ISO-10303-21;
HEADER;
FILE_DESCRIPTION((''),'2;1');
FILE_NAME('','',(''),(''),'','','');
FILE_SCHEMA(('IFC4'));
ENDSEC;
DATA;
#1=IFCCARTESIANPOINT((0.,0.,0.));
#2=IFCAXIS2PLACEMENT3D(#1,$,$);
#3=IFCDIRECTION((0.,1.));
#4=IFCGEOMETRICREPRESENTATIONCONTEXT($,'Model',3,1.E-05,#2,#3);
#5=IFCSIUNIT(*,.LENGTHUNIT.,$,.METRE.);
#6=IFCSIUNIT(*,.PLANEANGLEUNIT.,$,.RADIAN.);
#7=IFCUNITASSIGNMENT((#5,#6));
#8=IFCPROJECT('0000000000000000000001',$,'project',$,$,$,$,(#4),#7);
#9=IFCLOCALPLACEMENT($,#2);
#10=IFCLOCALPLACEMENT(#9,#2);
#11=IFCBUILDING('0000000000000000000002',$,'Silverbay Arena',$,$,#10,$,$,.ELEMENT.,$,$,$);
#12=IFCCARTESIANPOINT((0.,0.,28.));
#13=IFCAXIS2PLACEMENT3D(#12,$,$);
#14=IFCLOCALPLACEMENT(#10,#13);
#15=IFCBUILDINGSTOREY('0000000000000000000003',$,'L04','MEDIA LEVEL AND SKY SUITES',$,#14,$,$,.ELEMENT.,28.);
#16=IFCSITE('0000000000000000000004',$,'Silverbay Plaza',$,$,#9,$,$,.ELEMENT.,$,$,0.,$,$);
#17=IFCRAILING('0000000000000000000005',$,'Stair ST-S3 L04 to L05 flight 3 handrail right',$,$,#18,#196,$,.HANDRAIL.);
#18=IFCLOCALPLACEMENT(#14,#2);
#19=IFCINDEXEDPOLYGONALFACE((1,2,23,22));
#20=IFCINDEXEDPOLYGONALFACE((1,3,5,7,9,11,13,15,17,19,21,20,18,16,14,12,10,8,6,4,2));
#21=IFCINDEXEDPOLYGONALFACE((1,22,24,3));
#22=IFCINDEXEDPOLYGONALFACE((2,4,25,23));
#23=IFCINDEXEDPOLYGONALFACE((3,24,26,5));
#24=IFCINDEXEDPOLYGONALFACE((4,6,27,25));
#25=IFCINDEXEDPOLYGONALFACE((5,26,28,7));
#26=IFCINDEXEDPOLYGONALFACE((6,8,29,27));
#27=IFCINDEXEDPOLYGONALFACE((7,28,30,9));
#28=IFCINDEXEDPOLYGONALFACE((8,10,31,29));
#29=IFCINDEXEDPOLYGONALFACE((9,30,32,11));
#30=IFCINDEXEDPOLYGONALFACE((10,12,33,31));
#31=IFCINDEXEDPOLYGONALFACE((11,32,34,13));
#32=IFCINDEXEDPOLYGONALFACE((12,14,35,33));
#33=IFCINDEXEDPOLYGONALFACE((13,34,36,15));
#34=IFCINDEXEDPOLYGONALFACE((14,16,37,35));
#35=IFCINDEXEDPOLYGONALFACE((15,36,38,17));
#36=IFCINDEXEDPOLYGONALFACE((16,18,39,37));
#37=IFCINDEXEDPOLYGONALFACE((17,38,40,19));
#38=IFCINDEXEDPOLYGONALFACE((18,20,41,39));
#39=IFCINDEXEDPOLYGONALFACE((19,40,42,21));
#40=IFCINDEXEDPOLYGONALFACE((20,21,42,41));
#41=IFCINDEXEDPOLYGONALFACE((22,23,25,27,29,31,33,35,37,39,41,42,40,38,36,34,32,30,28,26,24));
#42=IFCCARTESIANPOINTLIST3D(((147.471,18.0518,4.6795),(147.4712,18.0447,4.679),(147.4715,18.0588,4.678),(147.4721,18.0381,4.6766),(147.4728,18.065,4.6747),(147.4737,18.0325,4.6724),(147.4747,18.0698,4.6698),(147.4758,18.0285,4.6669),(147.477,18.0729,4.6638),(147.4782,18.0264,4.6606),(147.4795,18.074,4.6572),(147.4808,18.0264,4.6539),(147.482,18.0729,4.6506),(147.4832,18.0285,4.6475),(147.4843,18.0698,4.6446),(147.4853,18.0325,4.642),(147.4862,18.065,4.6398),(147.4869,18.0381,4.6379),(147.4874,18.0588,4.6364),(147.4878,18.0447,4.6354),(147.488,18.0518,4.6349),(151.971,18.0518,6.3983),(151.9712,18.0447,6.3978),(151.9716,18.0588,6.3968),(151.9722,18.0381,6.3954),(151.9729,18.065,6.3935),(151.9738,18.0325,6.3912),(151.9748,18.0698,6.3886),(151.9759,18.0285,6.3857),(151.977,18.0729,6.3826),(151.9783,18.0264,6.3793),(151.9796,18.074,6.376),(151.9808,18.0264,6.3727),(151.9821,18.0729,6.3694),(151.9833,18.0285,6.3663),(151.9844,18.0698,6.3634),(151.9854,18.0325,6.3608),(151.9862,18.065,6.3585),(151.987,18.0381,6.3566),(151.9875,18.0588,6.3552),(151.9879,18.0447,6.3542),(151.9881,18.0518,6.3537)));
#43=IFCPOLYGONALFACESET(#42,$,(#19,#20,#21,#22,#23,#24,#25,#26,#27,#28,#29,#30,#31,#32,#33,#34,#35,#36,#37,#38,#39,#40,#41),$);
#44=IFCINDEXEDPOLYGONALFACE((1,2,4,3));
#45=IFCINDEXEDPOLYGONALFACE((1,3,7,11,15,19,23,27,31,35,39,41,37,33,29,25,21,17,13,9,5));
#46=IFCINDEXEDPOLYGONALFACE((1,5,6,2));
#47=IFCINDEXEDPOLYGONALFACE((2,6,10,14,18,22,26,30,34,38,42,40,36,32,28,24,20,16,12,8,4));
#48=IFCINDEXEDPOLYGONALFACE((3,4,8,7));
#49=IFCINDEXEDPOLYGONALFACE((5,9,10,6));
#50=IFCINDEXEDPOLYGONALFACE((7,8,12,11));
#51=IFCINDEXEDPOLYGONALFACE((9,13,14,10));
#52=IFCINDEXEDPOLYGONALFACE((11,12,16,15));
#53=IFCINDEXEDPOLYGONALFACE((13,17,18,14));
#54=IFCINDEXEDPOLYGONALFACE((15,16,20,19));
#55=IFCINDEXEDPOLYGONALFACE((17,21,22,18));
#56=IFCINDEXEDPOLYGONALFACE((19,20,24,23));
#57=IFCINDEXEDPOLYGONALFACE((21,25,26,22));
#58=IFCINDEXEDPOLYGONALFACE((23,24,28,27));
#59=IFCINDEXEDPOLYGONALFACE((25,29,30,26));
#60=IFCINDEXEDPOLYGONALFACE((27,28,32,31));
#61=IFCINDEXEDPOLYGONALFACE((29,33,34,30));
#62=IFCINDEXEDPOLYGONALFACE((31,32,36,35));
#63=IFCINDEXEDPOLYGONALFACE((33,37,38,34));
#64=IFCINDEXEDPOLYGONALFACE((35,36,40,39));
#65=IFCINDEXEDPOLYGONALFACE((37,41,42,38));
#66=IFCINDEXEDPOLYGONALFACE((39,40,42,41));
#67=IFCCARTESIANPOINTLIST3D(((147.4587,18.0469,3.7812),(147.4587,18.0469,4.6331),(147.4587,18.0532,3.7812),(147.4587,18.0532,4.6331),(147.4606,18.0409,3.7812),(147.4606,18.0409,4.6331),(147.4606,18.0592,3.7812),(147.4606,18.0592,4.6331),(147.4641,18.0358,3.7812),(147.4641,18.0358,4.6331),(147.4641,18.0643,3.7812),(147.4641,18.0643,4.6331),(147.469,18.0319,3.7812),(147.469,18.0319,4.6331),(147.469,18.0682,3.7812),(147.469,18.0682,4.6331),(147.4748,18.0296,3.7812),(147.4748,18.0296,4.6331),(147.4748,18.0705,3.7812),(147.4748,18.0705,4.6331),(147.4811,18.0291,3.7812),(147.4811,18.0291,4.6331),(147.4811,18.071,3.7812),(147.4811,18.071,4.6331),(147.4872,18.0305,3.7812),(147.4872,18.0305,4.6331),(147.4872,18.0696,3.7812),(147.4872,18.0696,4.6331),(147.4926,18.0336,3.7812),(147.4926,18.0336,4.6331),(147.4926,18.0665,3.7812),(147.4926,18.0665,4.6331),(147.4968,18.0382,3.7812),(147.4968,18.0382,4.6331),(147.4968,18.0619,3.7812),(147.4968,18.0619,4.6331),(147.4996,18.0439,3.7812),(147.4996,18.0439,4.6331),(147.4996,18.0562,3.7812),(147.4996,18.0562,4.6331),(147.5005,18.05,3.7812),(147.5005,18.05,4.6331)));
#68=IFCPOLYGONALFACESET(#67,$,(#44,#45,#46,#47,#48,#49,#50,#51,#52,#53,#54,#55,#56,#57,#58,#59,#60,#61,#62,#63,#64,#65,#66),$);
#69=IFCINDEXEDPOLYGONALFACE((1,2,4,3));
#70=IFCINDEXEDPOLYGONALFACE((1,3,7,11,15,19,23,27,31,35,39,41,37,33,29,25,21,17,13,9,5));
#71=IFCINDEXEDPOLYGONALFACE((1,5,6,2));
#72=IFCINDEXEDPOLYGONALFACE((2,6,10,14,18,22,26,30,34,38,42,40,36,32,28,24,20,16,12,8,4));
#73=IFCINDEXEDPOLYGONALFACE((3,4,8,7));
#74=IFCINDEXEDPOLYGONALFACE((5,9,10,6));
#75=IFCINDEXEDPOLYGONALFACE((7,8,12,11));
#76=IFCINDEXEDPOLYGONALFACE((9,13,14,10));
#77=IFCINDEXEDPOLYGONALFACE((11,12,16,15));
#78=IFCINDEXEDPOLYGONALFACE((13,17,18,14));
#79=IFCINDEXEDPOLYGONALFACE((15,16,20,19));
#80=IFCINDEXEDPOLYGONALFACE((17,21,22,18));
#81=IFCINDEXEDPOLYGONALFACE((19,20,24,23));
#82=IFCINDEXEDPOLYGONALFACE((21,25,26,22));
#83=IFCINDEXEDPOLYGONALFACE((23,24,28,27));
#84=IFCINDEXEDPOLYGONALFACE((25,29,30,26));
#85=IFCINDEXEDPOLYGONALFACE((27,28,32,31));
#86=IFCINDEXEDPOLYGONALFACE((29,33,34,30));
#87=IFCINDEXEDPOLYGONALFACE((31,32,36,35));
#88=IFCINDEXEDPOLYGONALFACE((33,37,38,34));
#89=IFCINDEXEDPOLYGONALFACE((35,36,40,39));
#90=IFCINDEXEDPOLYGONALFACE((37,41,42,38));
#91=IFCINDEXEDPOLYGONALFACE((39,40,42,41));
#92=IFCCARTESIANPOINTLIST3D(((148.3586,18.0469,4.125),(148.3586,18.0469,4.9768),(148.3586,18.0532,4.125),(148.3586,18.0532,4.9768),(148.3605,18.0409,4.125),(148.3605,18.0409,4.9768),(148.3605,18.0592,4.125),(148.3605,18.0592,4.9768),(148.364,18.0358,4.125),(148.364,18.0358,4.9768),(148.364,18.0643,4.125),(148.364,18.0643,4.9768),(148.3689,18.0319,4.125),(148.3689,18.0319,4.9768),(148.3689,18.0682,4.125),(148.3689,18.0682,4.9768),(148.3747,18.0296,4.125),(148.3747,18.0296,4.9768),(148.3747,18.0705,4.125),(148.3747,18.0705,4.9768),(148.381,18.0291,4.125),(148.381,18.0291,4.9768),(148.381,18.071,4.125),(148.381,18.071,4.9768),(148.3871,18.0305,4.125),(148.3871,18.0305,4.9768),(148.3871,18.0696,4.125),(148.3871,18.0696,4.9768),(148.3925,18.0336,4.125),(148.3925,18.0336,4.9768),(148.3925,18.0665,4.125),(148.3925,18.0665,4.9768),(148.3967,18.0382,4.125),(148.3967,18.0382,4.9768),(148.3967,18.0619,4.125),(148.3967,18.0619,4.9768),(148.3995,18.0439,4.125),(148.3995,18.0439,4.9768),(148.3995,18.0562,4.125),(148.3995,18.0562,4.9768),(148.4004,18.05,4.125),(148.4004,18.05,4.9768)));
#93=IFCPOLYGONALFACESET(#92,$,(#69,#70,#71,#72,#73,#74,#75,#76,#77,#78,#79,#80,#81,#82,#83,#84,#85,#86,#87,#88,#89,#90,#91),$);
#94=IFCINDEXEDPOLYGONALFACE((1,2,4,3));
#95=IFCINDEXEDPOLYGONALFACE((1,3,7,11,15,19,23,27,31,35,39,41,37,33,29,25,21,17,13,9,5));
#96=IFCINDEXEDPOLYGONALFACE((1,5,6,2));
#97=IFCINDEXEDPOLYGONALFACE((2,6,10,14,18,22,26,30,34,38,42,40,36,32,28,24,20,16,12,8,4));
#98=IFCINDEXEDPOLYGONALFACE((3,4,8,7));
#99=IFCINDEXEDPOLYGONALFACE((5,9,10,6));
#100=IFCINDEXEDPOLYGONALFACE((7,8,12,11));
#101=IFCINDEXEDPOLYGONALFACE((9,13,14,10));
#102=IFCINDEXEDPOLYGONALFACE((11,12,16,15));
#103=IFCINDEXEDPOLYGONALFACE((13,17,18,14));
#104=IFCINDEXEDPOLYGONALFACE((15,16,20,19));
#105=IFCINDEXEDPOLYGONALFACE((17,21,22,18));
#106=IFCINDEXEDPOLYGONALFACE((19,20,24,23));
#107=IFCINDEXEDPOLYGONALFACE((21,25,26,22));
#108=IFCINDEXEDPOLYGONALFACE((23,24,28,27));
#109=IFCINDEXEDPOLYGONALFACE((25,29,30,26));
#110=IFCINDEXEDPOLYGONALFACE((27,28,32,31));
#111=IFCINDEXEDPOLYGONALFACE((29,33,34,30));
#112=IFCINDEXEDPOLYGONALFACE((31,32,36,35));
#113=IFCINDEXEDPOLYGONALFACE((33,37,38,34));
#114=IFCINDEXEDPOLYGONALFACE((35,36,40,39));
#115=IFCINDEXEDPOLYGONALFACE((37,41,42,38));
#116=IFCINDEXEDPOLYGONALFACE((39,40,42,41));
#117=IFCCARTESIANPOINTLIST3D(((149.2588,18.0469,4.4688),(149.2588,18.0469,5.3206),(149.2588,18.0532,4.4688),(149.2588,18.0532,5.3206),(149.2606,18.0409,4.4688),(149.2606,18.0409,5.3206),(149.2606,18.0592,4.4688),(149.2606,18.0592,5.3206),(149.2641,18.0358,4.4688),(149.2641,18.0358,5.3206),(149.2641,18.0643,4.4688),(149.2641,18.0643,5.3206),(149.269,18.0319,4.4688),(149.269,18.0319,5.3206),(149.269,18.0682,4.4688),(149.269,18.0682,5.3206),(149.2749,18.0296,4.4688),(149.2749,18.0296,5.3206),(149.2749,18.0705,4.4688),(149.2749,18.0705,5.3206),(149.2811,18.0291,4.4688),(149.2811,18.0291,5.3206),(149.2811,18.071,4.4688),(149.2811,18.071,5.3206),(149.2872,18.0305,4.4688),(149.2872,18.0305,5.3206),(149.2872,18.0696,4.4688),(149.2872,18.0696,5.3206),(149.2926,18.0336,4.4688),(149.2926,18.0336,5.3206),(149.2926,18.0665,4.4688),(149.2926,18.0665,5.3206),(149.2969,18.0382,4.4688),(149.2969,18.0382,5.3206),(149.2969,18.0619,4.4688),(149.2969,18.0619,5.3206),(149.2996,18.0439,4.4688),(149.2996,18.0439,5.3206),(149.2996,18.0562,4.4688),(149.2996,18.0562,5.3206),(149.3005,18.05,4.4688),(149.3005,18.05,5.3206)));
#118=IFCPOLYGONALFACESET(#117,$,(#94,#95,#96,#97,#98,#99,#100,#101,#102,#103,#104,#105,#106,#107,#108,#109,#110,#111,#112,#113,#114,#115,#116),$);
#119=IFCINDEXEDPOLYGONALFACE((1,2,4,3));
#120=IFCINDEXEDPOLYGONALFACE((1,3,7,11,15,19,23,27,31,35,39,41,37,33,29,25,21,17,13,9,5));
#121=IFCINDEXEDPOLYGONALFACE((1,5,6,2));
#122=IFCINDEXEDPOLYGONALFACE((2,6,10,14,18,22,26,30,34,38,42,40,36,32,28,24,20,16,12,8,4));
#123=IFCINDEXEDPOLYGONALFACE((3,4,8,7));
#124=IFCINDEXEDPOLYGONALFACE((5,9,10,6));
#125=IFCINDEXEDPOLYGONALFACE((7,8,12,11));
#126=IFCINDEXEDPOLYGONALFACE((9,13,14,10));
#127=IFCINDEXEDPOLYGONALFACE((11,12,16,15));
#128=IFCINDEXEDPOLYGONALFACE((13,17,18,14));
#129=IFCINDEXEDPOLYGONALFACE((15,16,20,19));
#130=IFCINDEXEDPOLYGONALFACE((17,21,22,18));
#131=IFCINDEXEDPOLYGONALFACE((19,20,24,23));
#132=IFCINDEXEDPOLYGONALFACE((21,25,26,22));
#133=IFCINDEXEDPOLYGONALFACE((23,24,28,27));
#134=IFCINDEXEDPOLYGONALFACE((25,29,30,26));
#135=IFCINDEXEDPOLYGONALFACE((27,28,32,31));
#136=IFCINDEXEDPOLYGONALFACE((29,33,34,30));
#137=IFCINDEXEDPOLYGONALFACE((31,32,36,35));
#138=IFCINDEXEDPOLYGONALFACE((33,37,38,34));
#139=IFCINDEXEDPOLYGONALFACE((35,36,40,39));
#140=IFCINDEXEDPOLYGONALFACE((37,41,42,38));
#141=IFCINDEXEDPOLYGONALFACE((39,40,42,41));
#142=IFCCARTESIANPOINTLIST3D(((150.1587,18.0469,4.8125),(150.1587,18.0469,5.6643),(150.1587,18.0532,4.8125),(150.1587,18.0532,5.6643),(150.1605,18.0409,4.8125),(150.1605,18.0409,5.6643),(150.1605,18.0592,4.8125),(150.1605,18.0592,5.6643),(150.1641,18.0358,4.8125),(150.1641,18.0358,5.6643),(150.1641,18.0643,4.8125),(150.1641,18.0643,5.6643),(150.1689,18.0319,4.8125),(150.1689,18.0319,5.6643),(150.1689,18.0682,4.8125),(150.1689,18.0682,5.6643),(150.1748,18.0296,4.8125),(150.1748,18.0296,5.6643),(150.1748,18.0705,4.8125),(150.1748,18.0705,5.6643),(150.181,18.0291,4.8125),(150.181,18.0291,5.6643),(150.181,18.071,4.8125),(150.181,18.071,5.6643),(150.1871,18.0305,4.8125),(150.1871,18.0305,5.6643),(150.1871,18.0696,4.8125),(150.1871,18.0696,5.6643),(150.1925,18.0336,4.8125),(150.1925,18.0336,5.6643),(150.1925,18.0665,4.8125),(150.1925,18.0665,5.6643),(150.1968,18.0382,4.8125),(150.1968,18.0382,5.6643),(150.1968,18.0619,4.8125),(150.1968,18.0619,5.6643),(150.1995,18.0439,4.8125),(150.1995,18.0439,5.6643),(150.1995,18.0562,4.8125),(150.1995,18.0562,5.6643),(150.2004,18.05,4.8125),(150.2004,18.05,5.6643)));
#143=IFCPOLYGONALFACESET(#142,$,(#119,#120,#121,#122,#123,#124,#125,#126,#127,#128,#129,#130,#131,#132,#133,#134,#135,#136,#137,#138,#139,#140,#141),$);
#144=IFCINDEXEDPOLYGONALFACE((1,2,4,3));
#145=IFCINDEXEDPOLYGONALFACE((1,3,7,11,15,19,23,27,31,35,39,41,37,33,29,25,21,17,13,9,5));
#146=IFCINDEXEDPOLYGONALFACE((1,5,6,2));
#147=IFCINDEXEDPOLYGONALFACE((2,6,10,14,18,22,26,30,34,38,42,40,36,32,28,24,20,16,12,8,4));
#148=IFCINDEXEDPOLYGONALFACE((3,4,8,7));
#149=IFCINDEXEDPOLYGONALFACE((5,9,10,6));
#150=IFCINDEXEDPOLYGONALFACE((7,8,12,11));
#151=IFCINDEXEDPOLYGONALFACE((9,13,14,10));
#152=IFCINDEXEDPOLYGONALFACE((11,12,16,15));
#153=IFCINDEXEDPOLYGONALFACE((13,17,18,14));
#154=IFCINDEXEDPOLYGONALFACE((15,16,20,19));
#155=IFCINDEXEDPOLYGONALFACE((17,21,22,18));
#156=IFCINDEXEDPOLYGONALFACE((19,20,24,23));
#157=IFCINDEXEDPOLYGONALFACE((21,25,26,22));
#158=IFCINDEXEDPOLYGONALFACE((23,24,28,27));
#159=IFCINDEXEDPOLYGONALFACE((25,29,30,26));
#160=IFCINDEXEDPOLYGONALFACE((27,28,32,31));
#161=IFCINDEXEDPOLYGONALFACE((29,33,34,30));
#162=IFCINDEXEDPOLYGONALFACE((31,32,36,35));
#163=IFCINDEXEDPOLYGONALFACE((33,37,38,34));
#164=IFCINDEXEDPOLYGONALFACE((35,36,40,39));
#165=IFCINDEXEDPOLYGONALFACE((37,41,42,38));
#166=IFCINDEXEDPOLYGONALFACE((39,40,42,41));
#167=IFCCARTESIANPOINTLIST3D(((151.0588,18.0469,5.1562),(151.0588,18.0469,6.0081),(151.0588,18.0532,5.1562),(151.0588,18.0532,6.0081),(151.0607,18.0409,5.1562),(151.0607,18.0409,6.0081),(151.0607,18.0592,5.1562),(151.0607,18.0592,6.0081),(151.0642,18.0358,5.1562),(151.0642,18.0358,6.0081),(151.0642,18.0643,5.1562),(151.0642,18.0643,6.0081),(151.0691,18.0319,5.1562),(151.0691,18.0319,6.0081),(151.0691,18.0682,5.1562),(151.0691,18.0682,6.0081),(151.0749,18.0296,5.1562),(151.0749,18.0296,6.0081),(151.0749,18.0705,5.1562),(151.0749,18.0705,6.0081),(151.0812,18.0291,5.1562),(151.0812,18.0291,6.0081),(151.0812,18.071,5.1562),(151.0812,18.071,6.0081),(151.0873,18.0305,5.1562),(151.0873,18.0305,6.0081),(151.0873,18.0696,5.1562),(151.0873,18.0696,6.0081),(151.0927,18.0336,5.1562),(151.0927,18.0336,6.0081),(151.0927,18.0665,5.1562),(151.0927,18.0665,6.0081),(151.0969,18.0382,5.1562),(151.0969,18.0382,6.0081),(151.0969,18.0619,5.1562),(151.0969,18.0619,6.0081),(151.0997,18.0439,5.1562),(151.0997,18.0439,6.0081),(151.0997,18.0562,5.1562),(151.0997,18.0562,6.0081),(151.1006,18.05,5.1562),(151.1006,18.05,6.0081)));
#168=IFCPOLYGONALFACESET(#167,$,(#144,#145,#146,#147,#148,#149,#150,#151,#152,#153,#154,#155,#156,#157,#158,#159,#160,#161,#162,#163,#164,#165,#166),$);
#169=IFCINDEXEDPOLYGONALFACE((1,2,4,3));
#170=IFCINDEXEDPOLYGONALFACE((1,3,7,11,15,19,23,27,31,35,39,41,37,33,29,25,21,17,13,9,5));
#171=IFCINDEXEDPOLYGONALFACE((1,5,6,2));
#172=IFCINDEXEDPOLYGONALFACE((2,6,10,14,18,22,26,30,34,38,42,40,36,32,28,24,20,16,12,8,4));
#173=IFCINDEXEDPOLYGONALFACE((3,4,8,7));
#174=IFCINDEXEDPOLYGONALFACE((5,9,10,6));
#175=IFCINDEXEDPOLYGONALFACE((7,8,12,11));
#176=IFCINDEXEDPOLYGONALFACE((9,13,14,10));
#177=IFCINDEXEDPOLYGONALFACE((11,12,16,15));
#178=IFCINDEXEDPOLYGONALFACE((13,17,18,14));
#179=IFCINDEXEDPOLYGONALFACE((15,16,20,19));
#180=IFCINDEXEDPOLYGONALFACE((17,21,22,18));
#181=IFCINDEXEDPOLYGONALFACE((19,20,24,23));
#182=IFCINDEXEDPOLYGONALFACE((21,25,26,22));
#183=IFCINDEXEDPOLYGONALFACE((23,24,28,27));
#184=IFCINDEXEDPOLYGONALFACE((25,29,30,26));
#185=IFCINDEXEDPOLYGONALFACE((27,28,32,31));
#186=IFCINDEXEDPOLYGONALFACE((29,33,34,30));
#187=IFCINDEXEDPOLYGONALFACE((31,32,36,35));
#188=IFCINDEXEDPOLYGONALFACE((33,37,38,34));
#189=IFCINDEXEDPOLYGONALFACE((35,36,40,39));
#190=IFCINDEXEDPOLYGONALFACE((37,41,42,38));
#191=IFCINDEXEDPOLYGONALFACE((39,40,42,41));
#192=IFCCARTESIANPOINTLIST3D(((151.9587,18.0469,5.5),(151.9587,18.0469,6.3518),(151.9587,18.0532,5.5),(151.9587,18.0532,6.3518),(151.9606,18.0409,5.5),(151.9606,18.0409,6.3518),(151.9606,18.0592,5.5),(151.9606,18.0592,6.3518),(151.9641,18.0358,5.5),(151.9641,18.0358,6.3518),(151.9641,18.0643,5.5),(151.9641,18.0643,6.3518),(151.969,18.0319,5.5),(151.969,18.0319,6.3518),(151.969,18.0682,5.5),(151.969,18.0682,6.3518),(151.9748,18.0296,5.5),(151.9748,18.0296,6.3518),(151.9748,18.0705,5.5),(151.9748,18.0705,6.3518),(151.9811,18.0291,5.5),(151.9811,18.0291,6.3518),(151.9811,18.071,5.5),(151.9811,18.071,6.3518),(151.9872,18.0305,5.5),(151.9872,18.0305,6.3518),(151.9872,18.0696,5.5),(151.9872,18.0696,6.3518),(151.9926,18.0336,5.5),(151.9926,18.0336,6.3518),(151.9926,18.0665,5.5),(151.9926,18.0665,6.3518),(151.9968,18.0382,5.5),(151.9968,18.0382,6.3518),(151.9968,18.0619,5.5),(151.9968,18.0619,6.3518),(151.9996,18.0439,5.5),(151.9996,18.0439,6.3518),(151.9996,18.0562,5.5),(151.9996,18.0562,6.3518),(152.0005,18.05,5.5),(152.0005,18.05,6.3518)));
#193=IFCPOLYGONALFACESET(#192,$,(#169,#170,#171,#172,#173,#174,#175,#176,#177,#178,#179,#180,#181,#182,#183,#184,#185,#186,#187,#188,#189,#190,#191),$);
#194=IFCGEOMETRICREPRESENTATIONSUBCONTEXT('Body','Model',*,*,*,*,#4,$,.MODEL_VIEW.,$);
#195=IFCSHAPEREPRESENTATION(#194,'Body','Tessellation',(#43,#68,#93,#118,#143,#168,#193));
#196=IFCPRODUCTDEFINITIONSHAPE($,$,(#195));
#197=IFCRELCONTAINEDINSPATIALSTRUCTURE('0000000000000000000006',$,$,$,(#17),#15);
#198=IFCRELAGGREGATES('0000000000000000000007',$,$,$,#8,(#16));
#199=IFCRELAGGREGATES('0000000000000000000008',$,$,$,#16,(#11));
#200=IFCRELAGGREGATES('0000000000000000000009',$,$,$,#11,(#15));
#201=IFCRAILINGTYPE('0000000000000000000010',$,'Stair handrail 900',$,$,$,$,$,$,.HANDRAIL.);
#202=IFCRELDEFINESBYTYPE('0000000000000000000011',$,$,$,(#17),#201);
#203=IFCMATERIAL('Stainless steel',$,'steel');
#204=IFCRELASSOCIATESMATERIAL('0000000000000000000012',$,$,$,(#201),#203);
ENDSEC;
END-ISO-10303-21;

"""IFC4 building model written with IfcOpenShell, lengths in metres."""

from ifc_helpers import new_model, si_unit, direction, frame, origin, origin_2d, place, context, subcontext, project, spatial, circle, extrude, material, type_object, element, save


model = new_model("IFC4")

# Units and contexts
model_context = context("Model", 3, precision=1e-05, world=origin(), true_north=direction((0.0, 1.0)))
body_context = subcontext(model_context, "Body", "Model", "MODEL_VIEW")
ifc_project = project(units=[si_unit("LENGTHUNIT", "METRE"), si_unit("PLANEANGLEUNIT", "RADIAN")], contexts=[model_context])

# Site, building, storey
site_placement = place(None, origin())
site = spatial("IfcSite", under=ifc_project, at=site_placement, Name="Silverbay Plaza", CompositionType="ELEMENT", RefElevation=0.0)
building_placement = place(site_placement, origin())
building = spatial("IfcBuilding", under=site, at=building_placement, Name="Silverbay Arena", CompositionType="ELEMENT")
storey_placement = place(building_placement, frame((0.0, 0.0, 28.0)))
storey = spatial("IfcBuildingStorey", under=building, at=storey_placement, Name="L04", Description="MEDIA LEVEL AND SKY SUITES", CompositionType="ELEMENT", Elevation=28.0)

# Railing
ifc_material_1 = material(Name="Stainless steel", Category="steel")
railing_type_1 = type_object("IfcRailingType", Name="Stair handrail 900", PredefinedType="HANDRAIL", material=ifc_material_1)
for number, where, name in (
    (1, (147.4795, 18.05, 3.7812), "Stair ST-S3 L04 to L05 flight 3 handrail right"),
):
    element("IfcRailing", number, at=place(storey_placement, frame(where)), inside=storey, type_object=railing_type_1, Name=name, PredefinedType="HANDRAIL", context=body_context, shape_type="SweptSolid", body=[
        extrude(circle(Radius=0.0239, at=origin_2d()), frame((0.0, 0.0, 0.876), z_axis=(0.934179, 0.0, 0.356805), x_axis=(0.0, 1.0, 0.0)), (0.0, 0.0, 1.0), 4.8171),
        extrude(circle(Radius=0.021, at=origin_2d()), origin(), (0.0, 0.0, 1.0), 0.8518),
        extrude(circle(Radius=0.021, at=origin_2d()), frame((0.8999, 0.0, 0.3438)), (0.0, 0.0, 1.0), 0.8518),
        extrude(circle(Radius=0.021, at=origin_2d()), frame((1.8, 0.0, 0.6875)), (0.0, 0.0, 1.0), 0.8518),
        extrude(circle(Radius=0.021, at=origin_2d()), frame((2.7, 0.0, 1.0312)), (0.0, 0.0, 1.0), 0.8518),
        extrude(circle(Radius=0.021, at=origin_2d()), frame((3.6001, 0.0, 1.375)), (0.0, 0.0, 1.0), 0.8518),
        extrude(circle(Radius=0.021, at=origin_2d()), frame((4.5, 0.0, 1.7188)), (0.0, 0.0, 1.0), 0.8518),
    ])

save(model, "model.ifc")
